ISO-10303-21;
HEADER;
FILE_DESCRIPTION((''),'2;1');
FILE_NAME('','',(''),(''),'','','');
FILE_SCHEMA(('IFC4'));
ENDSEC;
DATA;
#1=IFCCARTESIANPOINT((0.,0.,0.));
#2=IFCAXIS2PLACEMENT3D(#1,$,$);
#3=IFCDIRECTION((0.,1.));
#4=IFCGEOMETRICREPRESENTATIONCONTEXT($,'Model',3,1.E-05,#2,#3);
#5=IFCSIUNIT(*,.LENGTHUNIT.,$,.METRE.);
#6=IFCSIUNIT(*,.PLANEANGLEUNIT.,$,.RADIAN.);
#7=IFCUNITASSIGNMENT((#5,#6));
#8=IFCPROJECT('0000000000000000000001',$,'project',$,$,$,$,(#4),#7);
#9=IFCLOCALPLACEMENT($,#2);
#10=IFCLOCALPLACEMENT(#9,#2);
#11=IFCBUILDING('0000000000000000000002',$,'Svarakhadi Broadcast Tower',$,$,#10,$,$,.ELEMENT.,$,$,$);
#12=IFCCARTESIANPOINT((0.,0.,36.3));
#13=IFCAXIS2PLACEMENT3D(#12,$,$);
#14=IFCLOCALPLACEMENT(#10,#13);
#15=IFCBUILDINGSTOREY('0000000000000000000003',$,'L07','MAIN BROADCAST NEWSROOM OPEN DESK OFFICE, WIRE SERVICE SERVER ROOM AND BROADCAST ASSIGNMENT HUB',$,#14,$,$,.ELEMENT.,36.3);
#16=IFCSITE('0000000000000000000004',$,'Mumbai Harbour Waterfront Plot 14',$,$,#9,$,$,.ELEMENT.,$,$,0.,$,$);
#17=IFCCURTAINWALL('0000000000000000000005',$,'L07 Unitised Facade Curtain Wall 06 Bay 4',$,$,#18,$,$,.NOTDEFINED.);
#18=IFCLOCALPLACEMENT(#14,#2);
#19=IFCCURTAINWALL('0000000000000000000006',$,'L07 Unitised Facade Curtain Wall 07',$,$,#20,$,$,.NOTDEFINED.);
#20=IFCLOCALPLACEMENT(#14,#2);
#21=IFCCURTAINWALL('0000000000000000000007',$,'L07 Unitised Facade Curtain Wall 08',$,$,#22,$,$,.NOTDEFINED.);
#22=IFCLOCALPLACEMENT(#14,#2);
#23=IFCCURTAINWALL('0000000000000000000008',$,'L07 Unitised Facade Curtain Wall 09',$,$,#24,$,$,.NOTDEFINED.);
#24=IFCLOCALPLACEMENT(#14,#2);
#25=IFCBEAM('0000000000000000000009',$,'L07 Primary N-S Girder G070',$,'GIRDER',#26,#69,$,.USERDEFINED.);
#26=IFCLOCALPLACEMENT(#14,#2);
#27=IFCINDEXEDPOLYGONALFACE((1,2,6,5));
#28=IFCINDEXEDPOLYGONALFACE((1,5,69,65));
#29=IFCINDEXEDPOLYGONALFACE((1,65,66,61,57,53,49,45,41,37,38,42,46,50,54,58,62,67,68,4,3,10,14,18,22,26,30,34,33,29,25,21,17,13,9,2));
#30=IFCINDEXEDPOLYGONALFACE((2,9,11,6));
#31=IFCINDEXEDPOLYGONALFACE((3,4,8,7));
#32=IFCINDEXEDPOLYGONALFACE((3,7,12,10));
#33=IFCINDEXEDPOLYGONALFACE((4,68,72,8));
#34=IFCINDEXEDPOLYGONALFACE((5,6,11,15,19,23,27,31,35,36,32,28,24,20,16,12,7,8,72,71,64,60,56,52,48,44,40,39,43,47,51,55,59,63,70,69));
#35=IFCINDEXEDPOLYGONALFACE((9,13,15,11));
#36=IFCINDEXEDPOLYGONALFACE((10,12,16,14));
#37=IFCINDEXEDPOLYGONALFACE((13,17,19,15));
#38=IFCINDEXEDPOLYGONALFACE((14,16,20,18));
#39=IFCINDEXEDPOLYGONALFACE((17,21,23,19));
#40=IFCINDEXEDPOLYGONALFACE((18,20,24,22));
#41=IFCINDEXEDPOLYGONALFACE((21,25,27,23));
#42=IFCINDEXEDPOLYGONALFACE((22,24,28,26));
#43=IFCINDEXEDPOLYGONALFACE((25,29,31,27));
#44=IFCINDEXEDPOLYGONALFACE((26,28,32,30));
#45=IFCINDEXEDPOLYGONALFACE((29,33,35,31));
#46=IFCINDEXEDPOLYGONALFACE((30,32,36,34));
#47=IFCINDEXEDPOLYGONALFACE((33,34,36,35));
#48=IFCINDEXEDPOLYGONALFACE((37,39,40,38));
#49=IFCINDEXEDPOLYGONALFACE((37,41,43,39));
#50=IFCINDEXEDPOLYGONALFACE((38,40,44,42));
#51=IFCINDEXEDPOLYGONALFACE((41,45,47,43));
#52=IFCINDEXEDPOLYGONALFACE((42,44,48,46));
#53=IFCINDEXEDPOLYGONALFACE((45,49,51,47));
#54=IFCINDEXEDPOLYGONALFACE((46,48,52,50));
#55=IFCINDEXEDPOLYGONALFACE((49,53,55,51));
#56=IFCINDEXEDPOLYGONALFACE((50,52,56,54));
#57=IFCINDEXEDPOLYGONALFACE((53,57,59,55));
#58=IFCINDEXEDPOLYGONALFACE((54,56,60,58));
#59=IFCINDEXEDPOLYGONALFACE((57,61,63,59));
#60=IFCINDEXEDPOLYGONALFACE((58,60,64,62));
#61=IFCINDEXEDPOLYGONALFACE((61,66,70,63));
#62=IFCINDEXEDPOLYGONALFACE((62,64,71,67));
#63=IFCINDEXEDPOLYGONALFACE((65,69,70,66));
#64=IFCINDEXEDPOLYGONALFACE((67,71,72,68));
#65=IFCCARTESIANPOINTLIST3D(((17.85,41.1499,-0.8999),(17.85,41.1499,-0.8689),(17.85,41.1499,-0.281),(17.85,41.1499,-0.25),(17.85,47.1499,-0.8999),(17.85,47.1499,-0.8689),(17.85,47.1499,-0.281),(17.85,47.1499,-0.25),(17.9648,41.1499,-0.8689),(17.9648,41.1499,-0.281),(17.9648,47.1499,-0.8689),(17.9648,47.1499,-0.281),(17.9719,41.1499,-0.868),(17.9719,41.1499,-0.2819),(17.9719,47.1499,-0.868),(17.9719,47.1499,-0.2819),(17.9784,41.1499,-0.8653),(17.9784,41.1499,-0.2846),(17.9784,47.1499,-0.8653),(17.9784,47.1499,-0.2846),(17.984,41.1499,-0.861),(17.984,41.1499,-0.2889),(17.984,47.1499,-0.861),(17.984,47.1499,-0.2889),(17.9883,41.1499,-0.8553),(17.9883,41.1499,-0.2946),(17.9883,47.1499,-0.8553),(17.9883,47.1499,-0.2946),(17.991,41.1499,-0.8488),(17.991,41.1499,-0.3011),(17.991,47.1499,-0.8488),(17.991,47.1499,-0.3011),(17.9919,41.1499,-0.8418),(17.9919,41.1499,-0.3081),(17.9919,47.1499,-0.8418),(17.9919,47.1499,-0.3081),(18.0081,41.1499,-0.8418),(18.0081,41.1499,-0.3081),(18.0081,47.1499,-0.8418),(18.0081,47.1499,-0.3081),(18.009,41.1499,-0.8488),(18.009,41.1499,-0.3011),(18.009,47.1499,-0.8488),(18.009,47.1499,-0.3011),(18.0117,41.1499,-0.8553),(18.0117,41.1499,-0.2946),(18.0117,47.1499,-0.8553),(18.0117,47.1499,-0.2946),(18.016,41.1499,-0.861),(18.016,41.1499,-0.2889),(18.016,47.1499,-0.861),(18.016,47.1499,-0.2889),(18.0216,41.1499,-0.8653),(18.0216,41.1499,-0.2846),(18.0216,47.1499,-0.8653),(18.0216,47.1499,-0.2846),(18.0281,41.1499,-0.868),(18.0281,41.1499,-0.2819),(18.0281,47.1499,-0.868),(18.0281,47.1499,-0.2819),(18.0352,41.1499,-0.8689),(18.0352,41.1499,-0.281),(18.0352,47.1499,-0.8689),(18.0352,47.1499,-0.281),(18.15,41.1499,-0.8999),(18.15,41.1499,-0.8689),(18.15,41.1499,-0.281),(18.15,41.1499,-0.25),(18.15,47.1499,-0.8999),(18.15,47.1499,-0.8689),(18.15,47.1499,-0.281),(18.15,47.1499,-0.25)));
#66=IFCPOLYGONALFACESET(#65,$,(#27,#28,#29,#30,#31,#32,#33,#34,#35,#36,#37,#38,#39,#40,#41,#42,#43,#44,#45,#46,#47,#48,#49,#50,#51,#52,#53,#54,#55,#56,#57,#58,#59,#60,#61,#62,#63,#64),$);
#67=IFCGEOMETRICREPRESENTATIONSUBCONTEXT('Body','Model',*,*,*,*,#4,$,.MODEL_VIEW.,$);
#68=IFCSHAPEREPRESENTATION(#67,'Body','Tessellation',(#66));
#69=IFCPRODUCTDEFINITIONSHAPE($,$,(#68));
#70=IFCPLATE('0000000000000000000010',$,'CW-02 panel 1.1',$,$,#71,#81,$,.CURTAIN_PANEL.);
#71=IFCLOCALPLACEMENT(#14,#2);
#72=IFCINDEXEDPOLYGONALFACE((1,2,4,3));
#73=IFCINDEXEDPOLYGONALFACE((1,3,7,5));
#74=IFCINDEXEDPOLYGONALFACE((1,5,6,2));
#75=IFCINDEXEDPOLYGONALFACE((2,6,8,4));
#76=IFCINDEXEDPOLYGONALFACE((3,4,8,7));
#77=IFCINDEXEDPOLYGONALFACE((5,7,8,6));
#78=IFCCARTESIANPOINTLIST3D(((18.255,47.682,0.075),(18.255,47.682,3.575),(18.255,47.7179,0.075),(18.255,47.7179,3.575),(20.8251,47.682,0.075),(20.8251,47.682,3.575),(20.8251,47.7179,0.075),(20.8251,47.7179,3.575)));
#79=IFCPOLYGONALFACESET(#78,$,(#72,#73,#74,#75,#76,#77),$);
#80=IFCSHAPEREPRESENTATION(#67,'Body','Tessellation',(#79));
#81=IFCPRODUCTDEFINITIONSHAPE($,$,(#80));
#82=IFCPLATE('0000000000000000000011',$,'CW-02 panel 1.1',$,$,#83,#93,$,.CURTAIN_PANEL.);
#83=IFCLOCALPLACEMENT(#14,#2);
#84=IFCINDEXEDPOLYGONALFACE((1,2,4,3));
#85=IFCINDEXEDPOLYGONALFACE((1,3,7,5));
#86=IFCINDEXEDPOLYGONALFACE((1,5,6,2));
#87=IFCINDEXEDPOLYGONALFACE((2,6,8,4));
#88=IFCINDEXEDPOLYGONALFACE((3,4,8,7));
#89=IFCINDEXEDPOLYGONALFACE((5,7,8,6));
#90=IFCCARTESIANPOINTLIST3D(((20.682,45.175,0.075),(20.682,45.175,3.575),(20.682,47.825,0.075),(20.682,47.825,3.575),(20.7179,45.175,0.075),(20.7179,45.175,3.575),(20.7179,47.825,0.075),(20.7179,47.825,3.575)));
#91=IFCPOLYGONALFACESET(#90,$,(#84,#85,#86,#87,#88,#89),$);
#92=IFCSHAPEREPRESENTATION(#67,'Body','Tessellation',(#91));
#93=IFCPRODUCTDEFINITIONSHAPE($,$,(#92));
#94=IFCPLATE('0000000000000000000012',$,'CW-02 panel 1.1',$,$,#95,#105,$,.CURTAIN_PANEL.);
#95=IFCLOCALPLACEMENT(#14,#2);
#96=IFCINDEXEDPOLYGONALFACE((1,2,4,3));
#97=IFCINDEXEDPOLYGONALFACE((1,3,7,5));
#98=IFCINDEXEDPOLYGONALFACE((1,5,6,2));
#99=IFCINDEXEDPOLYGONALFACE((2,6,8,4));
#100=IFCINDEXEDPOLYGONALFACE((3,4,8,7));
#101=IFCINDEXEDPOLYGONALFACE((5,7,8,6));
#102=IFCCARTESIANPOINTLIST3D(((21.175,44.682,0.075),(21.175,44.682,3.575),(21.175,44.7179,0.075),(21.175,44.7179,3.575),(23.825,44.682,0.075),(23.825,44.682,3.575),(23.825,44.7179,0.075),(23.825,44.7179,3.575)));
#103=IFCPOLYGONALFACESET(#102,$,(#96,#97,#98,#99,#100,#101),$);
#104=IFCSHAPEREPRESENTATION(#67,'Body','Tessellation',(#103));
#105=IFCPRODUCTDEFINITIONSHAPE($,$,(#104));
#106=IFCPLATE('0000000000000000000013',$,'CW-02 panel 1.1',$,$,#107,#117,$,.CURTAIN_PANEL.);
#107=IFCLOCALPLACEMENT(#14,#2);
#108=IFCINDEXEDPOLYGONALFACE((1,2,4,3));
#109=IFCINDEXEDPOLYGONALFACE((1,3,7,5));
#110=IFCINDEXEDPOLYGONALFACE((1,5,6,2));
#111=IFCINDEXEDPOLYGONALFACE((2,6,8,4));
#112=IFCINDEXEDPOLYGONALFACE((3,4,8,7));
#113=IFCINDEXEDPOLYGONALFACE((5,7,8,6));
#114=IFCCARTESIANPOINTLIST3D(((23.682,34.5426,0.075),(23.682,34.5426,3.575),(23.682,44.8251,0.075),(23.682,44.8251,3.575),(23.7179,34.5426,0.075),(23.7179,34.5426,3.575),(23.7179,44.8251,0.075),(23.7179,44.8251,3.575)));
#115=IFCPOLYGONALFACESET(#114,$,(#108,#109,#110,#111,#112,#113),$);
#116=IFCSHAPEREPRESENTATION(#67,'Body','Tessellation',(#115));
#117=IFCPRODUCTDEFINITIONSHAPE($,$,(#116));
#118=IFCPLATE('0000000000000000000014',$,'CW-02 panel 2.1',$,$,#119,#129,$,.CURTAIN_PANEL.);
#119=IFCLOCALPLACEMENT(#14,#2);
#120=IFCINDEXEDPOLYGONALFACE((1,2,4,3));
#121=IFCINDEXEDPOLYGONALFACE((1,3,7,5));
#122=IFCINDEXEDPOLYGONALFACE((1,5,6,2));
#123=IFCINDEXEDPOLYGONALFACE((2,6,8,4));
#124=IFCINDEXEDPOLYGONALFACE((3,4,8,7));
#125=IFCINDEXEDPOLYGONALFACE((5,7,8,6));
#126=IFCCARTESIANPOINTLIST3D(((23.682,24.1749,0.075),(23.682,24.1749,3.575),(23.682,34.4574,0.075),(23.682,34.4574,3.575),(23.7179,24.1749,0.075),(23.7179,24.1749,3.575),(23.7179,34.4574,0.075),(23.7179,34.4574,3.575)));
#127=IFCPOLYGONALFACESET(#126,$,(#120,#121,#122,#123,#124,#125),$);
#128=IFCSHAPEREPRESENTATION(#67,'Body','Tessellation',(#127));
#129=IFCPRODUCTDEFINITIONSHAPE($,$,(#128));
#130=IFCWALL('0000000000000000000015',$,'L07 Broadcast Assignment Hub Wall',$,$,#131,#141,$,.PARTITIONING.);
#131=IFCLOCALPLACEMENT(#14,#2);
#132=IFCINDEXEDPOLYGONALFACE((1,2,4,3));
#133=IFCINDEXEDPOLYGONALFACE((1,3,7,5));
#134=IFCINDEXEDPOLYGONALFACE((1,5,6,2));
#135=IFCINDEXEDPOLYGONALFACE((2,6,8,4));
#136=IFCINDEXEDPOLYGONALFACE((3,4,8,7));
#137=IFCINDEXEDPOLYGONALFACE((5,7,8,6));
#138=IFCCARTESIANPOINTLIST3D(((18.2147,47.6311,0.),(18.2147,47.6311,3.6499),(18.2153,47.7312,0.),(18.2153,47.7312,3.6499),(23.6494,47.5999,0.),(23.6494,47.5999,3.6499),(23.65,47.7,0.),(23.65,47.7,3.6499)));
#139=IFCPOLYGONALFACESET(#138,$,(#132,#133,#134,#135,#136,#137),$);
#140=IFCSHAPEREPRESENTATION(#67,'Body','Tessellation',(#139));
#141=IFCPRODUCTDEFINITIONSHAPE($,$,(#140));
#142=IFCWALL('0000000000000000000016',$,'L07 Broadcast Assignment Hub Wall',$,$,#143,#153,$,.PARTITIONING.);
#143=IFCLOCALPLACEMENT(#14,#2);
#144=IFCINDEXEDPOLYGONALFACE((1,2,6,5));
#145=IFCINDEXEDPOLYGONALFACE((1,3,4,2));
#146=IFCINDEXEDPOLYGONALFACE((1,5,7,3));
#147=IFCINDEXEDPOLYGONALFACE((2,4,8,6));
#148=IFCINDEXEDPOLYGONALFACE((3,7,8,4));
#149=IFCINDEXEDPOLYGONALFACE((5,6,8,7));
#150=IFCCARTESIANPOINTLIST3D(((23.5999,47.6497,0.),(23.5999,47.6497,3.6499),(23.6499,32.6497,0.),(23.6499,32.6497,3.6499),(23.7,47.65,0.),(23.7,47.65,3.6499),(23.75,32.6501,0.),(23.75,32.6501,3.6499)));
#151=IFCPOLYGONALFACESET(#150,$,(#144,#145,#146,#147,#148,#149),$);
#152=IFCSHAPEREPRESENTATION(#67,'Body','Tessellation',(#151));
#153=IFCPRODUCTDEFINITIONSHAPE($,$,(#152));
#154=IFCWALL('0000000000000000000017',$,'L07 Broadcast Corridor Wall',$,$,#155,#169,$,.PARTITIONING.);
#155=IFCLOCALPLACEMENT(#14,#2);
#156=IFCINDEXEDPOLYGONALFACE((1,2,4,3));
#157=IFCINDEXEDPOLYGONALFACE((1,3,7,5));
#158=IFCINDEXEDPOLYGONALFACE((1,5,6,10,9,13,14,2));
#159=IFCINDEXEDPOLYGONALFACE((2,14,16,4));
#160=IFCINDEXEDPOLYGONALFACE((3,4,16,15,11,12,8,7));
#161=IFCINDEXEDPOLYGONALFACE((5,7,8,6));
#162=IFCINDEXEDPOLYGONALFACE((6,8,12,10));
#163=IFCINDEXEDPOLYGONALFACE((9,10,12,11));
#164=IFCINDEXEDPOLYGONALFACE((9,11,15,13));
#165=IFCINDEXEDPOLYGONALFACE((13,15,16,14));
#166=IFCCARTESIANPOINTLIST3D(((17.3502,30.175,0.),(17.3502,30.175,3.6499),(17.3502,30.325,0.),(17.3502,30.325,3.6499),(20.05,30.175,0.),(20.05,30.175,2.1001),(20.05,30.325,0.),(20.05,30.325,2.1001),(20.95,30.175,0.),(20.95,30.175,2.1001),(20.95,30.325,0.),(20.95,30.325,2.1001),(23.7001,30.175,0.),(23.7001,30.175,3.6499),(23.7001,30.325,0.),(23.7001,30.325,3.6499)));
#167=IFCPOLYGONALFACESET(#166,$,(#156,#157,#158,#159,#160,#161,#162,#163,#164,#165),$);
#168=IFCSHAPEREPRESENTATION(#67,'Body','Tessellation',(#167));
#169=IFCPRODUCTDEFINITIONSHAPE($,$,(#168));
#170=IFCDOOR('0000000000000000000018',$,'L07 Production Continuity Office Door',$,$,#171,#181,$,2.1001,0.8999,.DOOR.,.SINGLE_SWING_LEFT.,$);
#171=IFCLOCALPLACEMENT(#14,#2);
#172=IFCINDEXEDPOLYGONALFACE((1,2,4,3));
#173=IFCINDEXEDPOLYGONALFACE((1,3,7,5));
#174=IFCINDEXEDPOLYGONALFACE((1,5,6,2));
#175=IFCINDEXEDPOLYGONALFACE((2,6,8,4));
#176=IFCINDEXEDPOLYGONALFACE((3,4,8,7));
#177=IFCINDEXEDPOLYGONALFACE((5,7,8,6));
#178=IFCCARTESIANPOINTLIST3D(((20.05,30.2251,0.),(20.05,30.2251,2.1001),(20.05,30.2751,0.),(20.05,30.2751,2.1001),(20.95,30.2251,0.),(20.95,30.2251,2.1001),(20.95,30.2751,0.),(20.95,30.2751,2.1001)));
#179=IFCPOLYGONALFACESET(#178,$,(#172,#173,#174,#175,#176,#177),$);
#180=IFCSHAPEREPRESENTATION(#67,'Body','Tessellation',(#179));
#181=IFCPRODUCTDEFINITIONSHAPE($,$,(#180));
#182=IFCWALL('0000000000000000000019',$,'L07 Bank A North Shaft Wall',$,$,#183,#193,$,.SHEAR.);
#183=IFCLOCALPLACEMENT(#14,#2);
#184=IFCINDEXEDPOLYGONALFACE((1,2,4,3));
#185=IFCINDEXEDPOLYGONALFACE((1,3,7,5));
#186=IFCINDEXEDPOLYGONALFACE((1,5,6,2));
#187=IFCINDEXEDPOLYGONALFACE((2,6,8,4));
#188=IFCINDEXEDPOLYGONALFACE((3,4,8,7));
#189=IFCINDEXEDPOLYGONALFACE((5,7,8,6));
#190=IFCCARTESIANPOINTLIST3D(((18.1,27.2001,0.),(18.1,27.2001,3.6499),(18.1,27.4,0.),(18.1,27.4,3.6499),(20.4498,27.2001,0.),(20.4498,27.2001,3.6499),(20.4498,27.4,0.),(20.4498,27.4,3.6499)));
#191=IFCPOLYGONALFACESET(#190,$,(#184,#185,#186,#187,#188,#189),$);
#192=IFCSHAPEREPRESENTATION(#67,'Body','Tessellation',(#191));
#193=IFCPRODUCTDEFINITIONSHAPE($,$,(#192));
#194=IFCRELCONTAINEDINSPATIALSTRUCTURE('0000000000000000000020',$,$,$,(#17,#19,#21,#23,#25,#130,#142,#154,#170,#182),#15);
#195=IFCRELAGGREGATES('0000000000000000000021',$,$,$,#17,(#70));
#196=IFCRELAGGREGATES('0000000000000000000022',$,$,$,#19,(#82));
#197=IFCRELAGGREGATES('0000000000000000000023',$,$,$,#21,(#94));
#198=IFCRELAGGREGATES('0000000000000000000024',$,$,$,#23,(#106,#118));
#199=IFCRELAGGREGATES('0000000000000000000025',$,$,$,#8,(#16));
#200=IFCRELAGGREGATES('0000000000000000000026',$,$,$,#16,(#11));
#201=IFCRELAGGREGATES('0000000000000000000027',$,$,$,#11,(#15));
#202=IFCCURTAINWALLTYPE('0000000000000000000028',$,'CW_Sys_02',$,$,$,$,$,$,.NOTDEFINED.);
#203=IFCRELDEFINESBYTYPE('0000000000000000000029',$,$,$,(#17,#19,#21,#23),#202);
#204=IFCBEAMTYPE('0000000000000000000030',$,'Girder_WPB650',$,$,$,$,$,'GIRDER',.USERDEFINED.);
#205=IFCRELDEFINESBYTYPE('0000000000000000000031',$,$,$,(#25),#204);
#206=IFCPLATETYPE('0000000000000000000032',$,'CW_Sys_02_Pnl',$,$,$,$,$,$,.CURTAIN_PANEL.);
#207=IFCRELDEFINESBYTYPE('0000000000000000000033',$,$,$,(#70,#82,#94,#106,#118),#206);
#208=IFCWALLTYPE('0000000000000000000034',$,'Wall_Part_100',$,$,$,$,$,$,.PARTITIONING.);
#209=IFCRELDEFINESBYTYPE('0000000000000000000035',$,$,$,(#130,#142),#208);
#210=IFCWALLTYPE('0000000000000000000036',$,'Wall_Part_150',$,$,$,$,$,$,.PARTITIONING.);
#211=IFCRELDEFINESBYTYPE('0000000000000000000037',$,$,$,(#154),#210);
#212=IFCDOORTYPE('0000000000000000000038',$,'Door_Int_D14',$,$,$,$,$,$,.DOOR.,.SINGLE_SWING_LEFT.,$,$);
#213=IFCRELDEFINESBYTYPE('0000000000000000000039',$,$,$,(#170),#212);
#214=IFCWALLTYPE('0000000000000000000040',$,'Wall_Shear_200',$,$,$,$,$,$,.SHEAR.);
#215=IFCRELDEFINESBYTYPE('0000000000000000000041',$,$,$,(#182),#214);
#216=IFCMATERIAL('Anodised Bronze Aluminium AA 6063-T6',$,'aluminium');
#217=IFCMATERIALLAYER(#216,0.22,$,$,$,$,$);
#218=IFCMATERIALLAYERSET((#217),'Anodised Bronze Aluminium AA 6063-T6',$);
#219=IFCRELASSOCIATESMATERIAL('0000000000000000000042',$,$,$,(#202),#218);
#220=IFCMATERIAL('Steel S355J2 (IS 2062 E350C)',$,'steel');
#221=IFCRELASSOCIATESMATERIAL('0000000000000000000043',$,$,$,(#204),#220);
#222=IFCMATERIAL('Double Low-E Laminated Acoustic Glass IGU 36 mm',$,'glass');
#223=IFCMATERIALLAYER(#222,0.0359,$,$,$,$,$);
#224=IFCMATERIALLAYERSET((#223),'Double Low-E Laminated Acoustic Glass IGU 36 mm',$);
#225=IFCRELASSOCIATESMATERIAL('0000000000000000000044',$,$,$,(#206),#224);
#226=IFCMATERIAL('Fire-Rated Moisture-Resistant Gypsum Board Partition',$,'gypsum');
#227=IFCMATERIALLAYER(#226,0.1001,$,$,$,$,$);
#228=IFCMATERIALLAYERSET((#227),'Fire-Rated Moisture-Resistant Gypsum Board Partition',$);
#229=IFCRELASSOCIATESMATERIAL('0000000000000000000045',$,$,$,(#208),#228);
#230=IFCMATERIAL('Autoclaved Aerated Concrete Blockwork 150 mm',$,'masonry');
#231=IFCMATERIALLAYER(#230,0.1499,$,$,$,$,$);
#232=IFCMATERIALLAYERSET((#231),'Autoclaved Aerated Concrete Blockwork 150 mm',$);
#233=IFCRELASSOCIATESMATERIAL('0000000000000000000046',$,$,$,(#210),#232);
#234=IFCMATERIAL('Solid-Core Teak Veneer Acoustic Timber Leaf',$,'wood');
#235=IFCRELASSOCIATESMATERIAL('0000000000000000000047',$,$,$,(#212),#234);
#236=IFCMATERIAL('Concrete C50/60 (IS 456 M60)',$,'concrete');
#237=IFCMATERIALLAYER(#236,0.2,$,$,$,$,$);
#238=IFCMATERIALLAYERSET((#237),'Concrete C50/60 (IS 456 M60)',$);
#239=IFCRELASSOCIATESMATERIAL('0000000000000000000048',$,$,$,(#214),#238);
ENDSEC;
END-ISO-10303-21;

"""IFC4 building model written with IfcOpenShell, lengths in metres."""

from ifc_helpers import new_model, si_unit, direction, frame, frame_2d, origin, origin_2d, place, context, subcontext, project, spatial, rectangle, i_section, extrude, material, layer, layer_set, material_profile, profile_set, type_object, element, fill, aggregate, save


model = new_model("IFC4")

# Units and contexts
model_context = context("Model", 3, precision=1e-05, world=origin(), true_north=direction((0.0, 1.0)))
body_context = subcontext(model_context, "Body", "Model", "MODEL_VIEW")
ifc_project = project(units=[si_unit("LENGTHUNIT", "METRE"), si_unit("PLANEANGLEUNIT", "RADIAN")], contexts=[model_context])

# Site, building, storey
site_placement = place(None, origin())
site = spatial("IfcSite", under=ifc_project, at=site_placement, Name="Mumbai Harbour Waterfront Plot 14", CompositionType="ELEMENT", RefElevation=0.0)
building_placement = place(site_placement, origin())
building = spatial("IfcBuilding", under=site, at=building_placement, Name="Svarakhadi Broadcast Tower", CompositionType="ELEMENT")
storey_placement = place(building_placement, frame((0.0, 0.0, 36.3)))
storey = spatial("IfcBuildingStorey", under=building, at=storey_placement, Name="L07", Description="MAIN BROADCAST NEWSROOM OPEN DESK OFFICE, WIRE SERVICE SERVER ROOM AND BROADCAST ASSIGNMENT HUB", CompositionType="ELEMENT", Elevation=36.3)

# Curtain walls
ifc_material_1 = material(Name="Anodised Bronze Aluminium AA 6063-T6", Category="aluminium")
ifc_layer_1 = layer(ifc_material_1, 0.22)
ifc_layer_set_1 = layer_set([ifc_layer_1], Name="Anodised Bronze Aluminium AA 6063-T6")
curtain_wall_type = type_object("IfcCurtainWallType", Name="CW_Sys_02", PredefinedType="NOTDEFINED", material=ifc_layer_set_1)
curtain_wall_1_placement = place(storey_placement, origin())
curtain_wall_1 = element("IfcCurtainWall", 1, at=curtain_wall_1_placement, inside=storey, type_object=curtain_wall_type, Name="L07 Unitised Facade Curtain Wall 06 Bay 4", PredefinedType="NOTDEFINED")
curtain_wall_2_placement = place(storey_placement, origin())
curtain_wall_2 = element("IfcCurtainWall", 2, at=curtain_wall_2_placement, inside=storey, type_object=curtain_wall_type, Name="L07 Unitised Facade Curtain Wall 07", PredefinedType="NOTDEFINED")
curtain_wall_3_placement = place(storey_placement, origin())
curtain_wall_3 = element("IfcCurtainWall", 3, at=curtain_wall_3_placement, inside=storey, type_object=curtain_wall_type, Name="L07 Unitised Facade Curtain Wall 08", PredefinedType="NOTDEFINED")
curtain_wall_4_placement = place(storey_placement, origin())
curtain_wall_4 = element("IfcCurtainWall", 4, at=curtain_wall_4_placement, inside=storey, type_object=curtain_wall_type, Name="L07 Unitised Facade Curtain Wall 09", PredefinedType="NOTDEFINED")

# Beam
ifc_material_2 = material(Name="Steel S355J2 (IS 2062 E350C)", Category="steel")
ifc_material_profile_1 = material_profile(ifc_material_2, i_section(OverallWidth=0.3, OverallDepth=0.6499, WebThickness=0.0161, FlangeThickness=0.031, FilletRadius=0.0271, at=origin_2d()), Name="WPB 650x300x225")
ifc_profile_set_1 = profile_set([ifc_material_profile_1], Name="Steel S355J2 (IS 2062 E350C)")
beam_type = type_object("IfcBeamType", Name="Girder_WPB650", ElementType="GIRDER", PredefinedType="USERDEFINED", material=ifc_profile_set_1)
beam_placement = place(storey_placement, frame((18.0, 41.1499, -0.575), z_axis=(0.0, 1.0, 0.0), x_axis=(-1.0, 0.0, 0.0)))
element("IfcBeam", 5, at=beam_placement, inside=storey, type_object=beam_type, Name="L07 Primary N-S Girder G070", ObjectType="GIRDER", PredefinedType="USERDEFINED", context=body_context, shape_type="SweptSolid", body=[
    extrude(i_section(OverallWidth=0.3, OverallDepth=0.6499, WebThickness=0.0161, FlangeThickness=0.031, FilletRadius=0.0271, at=origin_2d()), origin(), (0.0, 0.0, 1.0), 6.0),
])

# Plates
ifc_material_3 = material(Name="Double Low-E Laminated Acoustic Glass IGU 36 mm", Category="glass")
ifc_layer_2 = layer(ifc_material_3, 0.0359)
ifc_layer_set_2 = layer_set([ifc_layer_2], Name="Double Low-E Laminated Acoustic Glass IGU 36 mm")
plate_type = type_object("IfcPlateType", Name="CW_Sys_02_Pnl", PredefinedType="CURTAIN_PANEL", material=ifc_layer_set_2)
plate_1_placement = place(storey_placement, frame((19.54, 47.7, 0.075), z_axis=(0.0, 0.0, 1.0), x_axis=(1.0, 0.0, 0.0)))
plate_1 = element("IfcPlate", 6, at=plate_1_placement, type_object=plate_type, Name="CW-02 panel 1.1", PredefinedType="CURTAIN_PANEL", context=body_context, shape_type="SweptSolid", body=[
    extrude(rectangle(XDim=2.5701, YDim=0.0359, at=origin_2d()), origin(), (0.0, 0.0, 1.0), 3.5),
])
aggregate(curtain_wall_1, [plate_1])
plate_2_placement = place(storey_placement, frame((20.7, 46.5, 0.075), z_axis=(0.0, 0.0, 1.0), x_axis=(0.0, -1.0, 0.0)))
plate_2 = element("IfcPlate", 7, at=plate_2_placement, type_object=plate_type, Name="CW-02 panel 1.1", PredefinedType="CURTAIN_PANEL", context=body_context, shape_type="SweptSolid", body=[
    extrude(rectangle(XDim=2.6499, YDim=0.0359, at=origin_2d()), origin(), (0.0, 0.0, 1.0), 3.5),
])
aggregate(curtain_wall_2, [plate_2])
plate_3_placement = place(storey_placement, frame((22.5, 44.7, 0.075), z_axis=(0.0, 0.0, 1.0), x_axis=(1.0, 0.0, 0.0)))
plate_3 = element("IfcPlate", 8, at=plate_3_placement, type_object=plate_type, Name="CW-02 panel 1.1", PredefinedType="CURTAIN_PANEL", context=body_context, shape_type="SweptSolid", body=[
    extrude(rectangle(XDim=2.6499, YDim=0.0359, at=origin_2d()), origin(), (0.0, 0.0, 1.0), 3.5),
])
aggregate(curtain_wall_3, [plate_3])
plate_4_placement = place(storey_placement, frame((23.7, 39.6838, 0.075), z_axis=(0.0, 0.0, 1.0), x_axis=(0.0, -1.0, 0.0)))
plate_4 = element("IfcPlate", 9, at=plate_4_placement, type_object=plate_type, Name="CW-02 panel 1.1", PredefinedType="CURTAIN_PANEL", context=body_context, shape_type="SweptSolid", body=[
    extrude(rectangle(XDim=10.2825, YDim=0.0359, at=origin_2d()), origin(), (0.0, 0.0, 1.0), 3.5),
])
plate_5_placement = place(storey_placement, frame((23.7, 29.3162, 0.075), z_axis=(0.0, 0.0, 1.0), x_axis=(0.0, -1.0, 0.0)))
plate_5 = element("IfcPlate", 10, at=plate_5_placement, type_object=plate_type, Name="CW-02 panel 2.1", PredefinedType="CURTAIN_PANEL", context=body_context, shape_type="SweptSolid", body=[
    extrude(rectangle(XDim=10.2825, YDim=0.0359, at=origin_2d()), origin(), (0.0, 0.0, 1.0), 3.5),
])
aggregate(curtain_wall_4, [plate_4, plate_5])

# Walls
ifc_material_4 = material(Name="Fire-Rated Moisture-Resistant Gypsum Board Partition", Category="gypsum")
ifc_layer_3 = layer(ifc_material_4, 0.1001)
ifc_layer_set_3 = layer_set([ifc_layer_3], Name="Fire-Rated Moisture-Resistant Gypsum Board Partition")
wall_type_1 = type_object("IfcWallType", Name="Wall_Part_100", PredefinedType="PARTITIONING", material=ifc_layer_set_3)
wall_1_placement = place(storey_placement, frame((18.2151, 47.6812, 0.0), z_axis=(0.0, 0.0, 1.0), x_axis=(0.999983, -0.00575, 0.0)))
element("IfcWall", 11, at=wall_1_placement, inside=storey, type_object=wall_type_1, Name="L07 Broadcast Assignment Hub Wall", PredefinedType="PARTITIONING", context=body_context, shape_type="SweptSolid", body=[
    extrude(rectangle(XDim=5.4348, YDim=0.1001, at=frame_2d((2.7173, 0.0))), origin(), (0.0, 0.0, 1.0), 3.6499),
])
wall_2_placement = place(storey_placement, frame((23.7, 32.6499, 0.0), z_axis=(0.0, 0.0, 1.0), x_axis=(-0.003337, 0.999994, 0.0)))
element("IfcWall", 12, at=wall_2_placement, inside=storey, type_object=wall_type_1, Name="L07 Broadcast Assignment Hub Wall", PredefinedType="PARTITIONING", context=body_context, shape_type="SweptSolid", body=[
    extrude(rectangle(XDim=15.0, YDim=0.1001, at=frame_2d((7.5, 0.0))), origin(), (0.0, 0.0, 1.0), 3.6499),
])

# Wall, opening, door
ifc_material_5 = material(Name="Autoclaved Aerated Concrete Blockwork 150 mm", Category="masonry")
ifc_layer_4 = layer(ifc_material_5, 0.1499)
ifc_layer_set_4 = layer_set([ifc_layer_4], Name="Autoclaved Aerated Concrete Blockwork 150 mm")
wall_type_2 = type_object("IfcWallType", Name="Wall_Part_150", PredefinedType="PARTITIONING", material=ifc_layer_set_4)
wall_3_placement = place(storey_placement, frame((23.7, 30.25, 0.0), z_axis=(0.0, 0.0, 1.0), x_axis=(-1.0, 0.0, 0.0)))
wall_3 = element("IfcWall", 13, at=wall_3_placement, inside=storey, type_object=wall_type_2, Name="L07 Broadcast Corridor Wall", PredefinedType="PARTITIONING", context=body_context, shape_type="SweptSolid", body=[
    extrude(rectangle(XDim=6.3499, YDim=0.1499, at=frame_2d((3.1748, 0.0))), origin(), (0.0, 0.0, 1.0), 3.6499),
])
opening_placement = place(wall_3_placement, frame((2.75, 0.0, 0.0)))
opening = element("IfcOpeningElement", 14, at=opening_placement, cuts=wall_3, PredefinedType="OPENING", context=body_context, shape_type="SweptSolid", body=[
    extrude(rectangle(XDim=0.8999, YDim=2.1001, at=frame_2d((0.45, 1.05))), frame((0.0, 0.085, 0.0), z_axis=(0.0, -1.0, 0.0), x_axis=(1.0, 0.0, 0.0)), (0.0, 0.0, 1.0), 0.1699),
])
ifc_material_6 = material(Name="Solid-Core Teak Veneer Acoustic Timber Leaf", Category="wood")
door_type = type_object("IfcDoorType", Name="Door_Int_D14", OperationType="SINGLE_SWING_LEFT", PredefinedType="DOOR", material=ifc_material_6)
door_placement = place(opening_placement, origin())
door = element("IfcDoor", 15, at=door_placement, inside=storey, type_object=door_type, Name="L07 Production Continuity Office Door", OperationType="SINGLE_SWING_LEFT", OverallHeight=2.1001, OverallWidth=0.8999, PredefinedType="DOOR", context=body_context, shape_type="SweptSolid", body=[
    extrude(rectangle(XDim=0.8999, YDim=2.1001, at=frame_2d((0.45, 1.05))), frame((0.0, 0.0249, 0.0), z_axis=(0.0, -1.0, 0.0), x_axis=(1.0, 0.0, 0.0)), (0.0, 0.0, 1.0), 0.05),
])
fill(opening, door)

# Wall
ifc_material_7 = material(Name="Concrete C50/60 (IS 456 M60)", Category="concrete")
ifc_layer_5 = layer(ifc_material_7, 0.2)
ifc_layer_set_5 = layer_set([ifc_layer_5], Name="Concrete C50/60 (IS 456 M60)")
wall_type_3 = type_object("IfcWallType", Name="Wall_Shear_200", PredefinedType="SHEAR", material=ifc_layer_set_5)
wall_4_placement = place(storey_placement, frame((18.1001, 27.3, 0.0), z_axis=(0.0, 0.0, 1.0), x_axis=(1.0, 0.0, 0.0)))
element("IfcWall", 16, at=wall_4_placement, inside=storey, type_object=wall_type_3, Name="L07 Bank A North Shaft Wall", PredefinedType="SHEAR", context=body_context, shape_type="SweptSolid", body=[
    extrude(rectangle(XDim=2.3499, YDim=0.2, at=frame_2d((1.1748, 0.0))), origin(), (0.0, 0.0, 1.0), 3.6499),
])

save(model, "model.ifc")
